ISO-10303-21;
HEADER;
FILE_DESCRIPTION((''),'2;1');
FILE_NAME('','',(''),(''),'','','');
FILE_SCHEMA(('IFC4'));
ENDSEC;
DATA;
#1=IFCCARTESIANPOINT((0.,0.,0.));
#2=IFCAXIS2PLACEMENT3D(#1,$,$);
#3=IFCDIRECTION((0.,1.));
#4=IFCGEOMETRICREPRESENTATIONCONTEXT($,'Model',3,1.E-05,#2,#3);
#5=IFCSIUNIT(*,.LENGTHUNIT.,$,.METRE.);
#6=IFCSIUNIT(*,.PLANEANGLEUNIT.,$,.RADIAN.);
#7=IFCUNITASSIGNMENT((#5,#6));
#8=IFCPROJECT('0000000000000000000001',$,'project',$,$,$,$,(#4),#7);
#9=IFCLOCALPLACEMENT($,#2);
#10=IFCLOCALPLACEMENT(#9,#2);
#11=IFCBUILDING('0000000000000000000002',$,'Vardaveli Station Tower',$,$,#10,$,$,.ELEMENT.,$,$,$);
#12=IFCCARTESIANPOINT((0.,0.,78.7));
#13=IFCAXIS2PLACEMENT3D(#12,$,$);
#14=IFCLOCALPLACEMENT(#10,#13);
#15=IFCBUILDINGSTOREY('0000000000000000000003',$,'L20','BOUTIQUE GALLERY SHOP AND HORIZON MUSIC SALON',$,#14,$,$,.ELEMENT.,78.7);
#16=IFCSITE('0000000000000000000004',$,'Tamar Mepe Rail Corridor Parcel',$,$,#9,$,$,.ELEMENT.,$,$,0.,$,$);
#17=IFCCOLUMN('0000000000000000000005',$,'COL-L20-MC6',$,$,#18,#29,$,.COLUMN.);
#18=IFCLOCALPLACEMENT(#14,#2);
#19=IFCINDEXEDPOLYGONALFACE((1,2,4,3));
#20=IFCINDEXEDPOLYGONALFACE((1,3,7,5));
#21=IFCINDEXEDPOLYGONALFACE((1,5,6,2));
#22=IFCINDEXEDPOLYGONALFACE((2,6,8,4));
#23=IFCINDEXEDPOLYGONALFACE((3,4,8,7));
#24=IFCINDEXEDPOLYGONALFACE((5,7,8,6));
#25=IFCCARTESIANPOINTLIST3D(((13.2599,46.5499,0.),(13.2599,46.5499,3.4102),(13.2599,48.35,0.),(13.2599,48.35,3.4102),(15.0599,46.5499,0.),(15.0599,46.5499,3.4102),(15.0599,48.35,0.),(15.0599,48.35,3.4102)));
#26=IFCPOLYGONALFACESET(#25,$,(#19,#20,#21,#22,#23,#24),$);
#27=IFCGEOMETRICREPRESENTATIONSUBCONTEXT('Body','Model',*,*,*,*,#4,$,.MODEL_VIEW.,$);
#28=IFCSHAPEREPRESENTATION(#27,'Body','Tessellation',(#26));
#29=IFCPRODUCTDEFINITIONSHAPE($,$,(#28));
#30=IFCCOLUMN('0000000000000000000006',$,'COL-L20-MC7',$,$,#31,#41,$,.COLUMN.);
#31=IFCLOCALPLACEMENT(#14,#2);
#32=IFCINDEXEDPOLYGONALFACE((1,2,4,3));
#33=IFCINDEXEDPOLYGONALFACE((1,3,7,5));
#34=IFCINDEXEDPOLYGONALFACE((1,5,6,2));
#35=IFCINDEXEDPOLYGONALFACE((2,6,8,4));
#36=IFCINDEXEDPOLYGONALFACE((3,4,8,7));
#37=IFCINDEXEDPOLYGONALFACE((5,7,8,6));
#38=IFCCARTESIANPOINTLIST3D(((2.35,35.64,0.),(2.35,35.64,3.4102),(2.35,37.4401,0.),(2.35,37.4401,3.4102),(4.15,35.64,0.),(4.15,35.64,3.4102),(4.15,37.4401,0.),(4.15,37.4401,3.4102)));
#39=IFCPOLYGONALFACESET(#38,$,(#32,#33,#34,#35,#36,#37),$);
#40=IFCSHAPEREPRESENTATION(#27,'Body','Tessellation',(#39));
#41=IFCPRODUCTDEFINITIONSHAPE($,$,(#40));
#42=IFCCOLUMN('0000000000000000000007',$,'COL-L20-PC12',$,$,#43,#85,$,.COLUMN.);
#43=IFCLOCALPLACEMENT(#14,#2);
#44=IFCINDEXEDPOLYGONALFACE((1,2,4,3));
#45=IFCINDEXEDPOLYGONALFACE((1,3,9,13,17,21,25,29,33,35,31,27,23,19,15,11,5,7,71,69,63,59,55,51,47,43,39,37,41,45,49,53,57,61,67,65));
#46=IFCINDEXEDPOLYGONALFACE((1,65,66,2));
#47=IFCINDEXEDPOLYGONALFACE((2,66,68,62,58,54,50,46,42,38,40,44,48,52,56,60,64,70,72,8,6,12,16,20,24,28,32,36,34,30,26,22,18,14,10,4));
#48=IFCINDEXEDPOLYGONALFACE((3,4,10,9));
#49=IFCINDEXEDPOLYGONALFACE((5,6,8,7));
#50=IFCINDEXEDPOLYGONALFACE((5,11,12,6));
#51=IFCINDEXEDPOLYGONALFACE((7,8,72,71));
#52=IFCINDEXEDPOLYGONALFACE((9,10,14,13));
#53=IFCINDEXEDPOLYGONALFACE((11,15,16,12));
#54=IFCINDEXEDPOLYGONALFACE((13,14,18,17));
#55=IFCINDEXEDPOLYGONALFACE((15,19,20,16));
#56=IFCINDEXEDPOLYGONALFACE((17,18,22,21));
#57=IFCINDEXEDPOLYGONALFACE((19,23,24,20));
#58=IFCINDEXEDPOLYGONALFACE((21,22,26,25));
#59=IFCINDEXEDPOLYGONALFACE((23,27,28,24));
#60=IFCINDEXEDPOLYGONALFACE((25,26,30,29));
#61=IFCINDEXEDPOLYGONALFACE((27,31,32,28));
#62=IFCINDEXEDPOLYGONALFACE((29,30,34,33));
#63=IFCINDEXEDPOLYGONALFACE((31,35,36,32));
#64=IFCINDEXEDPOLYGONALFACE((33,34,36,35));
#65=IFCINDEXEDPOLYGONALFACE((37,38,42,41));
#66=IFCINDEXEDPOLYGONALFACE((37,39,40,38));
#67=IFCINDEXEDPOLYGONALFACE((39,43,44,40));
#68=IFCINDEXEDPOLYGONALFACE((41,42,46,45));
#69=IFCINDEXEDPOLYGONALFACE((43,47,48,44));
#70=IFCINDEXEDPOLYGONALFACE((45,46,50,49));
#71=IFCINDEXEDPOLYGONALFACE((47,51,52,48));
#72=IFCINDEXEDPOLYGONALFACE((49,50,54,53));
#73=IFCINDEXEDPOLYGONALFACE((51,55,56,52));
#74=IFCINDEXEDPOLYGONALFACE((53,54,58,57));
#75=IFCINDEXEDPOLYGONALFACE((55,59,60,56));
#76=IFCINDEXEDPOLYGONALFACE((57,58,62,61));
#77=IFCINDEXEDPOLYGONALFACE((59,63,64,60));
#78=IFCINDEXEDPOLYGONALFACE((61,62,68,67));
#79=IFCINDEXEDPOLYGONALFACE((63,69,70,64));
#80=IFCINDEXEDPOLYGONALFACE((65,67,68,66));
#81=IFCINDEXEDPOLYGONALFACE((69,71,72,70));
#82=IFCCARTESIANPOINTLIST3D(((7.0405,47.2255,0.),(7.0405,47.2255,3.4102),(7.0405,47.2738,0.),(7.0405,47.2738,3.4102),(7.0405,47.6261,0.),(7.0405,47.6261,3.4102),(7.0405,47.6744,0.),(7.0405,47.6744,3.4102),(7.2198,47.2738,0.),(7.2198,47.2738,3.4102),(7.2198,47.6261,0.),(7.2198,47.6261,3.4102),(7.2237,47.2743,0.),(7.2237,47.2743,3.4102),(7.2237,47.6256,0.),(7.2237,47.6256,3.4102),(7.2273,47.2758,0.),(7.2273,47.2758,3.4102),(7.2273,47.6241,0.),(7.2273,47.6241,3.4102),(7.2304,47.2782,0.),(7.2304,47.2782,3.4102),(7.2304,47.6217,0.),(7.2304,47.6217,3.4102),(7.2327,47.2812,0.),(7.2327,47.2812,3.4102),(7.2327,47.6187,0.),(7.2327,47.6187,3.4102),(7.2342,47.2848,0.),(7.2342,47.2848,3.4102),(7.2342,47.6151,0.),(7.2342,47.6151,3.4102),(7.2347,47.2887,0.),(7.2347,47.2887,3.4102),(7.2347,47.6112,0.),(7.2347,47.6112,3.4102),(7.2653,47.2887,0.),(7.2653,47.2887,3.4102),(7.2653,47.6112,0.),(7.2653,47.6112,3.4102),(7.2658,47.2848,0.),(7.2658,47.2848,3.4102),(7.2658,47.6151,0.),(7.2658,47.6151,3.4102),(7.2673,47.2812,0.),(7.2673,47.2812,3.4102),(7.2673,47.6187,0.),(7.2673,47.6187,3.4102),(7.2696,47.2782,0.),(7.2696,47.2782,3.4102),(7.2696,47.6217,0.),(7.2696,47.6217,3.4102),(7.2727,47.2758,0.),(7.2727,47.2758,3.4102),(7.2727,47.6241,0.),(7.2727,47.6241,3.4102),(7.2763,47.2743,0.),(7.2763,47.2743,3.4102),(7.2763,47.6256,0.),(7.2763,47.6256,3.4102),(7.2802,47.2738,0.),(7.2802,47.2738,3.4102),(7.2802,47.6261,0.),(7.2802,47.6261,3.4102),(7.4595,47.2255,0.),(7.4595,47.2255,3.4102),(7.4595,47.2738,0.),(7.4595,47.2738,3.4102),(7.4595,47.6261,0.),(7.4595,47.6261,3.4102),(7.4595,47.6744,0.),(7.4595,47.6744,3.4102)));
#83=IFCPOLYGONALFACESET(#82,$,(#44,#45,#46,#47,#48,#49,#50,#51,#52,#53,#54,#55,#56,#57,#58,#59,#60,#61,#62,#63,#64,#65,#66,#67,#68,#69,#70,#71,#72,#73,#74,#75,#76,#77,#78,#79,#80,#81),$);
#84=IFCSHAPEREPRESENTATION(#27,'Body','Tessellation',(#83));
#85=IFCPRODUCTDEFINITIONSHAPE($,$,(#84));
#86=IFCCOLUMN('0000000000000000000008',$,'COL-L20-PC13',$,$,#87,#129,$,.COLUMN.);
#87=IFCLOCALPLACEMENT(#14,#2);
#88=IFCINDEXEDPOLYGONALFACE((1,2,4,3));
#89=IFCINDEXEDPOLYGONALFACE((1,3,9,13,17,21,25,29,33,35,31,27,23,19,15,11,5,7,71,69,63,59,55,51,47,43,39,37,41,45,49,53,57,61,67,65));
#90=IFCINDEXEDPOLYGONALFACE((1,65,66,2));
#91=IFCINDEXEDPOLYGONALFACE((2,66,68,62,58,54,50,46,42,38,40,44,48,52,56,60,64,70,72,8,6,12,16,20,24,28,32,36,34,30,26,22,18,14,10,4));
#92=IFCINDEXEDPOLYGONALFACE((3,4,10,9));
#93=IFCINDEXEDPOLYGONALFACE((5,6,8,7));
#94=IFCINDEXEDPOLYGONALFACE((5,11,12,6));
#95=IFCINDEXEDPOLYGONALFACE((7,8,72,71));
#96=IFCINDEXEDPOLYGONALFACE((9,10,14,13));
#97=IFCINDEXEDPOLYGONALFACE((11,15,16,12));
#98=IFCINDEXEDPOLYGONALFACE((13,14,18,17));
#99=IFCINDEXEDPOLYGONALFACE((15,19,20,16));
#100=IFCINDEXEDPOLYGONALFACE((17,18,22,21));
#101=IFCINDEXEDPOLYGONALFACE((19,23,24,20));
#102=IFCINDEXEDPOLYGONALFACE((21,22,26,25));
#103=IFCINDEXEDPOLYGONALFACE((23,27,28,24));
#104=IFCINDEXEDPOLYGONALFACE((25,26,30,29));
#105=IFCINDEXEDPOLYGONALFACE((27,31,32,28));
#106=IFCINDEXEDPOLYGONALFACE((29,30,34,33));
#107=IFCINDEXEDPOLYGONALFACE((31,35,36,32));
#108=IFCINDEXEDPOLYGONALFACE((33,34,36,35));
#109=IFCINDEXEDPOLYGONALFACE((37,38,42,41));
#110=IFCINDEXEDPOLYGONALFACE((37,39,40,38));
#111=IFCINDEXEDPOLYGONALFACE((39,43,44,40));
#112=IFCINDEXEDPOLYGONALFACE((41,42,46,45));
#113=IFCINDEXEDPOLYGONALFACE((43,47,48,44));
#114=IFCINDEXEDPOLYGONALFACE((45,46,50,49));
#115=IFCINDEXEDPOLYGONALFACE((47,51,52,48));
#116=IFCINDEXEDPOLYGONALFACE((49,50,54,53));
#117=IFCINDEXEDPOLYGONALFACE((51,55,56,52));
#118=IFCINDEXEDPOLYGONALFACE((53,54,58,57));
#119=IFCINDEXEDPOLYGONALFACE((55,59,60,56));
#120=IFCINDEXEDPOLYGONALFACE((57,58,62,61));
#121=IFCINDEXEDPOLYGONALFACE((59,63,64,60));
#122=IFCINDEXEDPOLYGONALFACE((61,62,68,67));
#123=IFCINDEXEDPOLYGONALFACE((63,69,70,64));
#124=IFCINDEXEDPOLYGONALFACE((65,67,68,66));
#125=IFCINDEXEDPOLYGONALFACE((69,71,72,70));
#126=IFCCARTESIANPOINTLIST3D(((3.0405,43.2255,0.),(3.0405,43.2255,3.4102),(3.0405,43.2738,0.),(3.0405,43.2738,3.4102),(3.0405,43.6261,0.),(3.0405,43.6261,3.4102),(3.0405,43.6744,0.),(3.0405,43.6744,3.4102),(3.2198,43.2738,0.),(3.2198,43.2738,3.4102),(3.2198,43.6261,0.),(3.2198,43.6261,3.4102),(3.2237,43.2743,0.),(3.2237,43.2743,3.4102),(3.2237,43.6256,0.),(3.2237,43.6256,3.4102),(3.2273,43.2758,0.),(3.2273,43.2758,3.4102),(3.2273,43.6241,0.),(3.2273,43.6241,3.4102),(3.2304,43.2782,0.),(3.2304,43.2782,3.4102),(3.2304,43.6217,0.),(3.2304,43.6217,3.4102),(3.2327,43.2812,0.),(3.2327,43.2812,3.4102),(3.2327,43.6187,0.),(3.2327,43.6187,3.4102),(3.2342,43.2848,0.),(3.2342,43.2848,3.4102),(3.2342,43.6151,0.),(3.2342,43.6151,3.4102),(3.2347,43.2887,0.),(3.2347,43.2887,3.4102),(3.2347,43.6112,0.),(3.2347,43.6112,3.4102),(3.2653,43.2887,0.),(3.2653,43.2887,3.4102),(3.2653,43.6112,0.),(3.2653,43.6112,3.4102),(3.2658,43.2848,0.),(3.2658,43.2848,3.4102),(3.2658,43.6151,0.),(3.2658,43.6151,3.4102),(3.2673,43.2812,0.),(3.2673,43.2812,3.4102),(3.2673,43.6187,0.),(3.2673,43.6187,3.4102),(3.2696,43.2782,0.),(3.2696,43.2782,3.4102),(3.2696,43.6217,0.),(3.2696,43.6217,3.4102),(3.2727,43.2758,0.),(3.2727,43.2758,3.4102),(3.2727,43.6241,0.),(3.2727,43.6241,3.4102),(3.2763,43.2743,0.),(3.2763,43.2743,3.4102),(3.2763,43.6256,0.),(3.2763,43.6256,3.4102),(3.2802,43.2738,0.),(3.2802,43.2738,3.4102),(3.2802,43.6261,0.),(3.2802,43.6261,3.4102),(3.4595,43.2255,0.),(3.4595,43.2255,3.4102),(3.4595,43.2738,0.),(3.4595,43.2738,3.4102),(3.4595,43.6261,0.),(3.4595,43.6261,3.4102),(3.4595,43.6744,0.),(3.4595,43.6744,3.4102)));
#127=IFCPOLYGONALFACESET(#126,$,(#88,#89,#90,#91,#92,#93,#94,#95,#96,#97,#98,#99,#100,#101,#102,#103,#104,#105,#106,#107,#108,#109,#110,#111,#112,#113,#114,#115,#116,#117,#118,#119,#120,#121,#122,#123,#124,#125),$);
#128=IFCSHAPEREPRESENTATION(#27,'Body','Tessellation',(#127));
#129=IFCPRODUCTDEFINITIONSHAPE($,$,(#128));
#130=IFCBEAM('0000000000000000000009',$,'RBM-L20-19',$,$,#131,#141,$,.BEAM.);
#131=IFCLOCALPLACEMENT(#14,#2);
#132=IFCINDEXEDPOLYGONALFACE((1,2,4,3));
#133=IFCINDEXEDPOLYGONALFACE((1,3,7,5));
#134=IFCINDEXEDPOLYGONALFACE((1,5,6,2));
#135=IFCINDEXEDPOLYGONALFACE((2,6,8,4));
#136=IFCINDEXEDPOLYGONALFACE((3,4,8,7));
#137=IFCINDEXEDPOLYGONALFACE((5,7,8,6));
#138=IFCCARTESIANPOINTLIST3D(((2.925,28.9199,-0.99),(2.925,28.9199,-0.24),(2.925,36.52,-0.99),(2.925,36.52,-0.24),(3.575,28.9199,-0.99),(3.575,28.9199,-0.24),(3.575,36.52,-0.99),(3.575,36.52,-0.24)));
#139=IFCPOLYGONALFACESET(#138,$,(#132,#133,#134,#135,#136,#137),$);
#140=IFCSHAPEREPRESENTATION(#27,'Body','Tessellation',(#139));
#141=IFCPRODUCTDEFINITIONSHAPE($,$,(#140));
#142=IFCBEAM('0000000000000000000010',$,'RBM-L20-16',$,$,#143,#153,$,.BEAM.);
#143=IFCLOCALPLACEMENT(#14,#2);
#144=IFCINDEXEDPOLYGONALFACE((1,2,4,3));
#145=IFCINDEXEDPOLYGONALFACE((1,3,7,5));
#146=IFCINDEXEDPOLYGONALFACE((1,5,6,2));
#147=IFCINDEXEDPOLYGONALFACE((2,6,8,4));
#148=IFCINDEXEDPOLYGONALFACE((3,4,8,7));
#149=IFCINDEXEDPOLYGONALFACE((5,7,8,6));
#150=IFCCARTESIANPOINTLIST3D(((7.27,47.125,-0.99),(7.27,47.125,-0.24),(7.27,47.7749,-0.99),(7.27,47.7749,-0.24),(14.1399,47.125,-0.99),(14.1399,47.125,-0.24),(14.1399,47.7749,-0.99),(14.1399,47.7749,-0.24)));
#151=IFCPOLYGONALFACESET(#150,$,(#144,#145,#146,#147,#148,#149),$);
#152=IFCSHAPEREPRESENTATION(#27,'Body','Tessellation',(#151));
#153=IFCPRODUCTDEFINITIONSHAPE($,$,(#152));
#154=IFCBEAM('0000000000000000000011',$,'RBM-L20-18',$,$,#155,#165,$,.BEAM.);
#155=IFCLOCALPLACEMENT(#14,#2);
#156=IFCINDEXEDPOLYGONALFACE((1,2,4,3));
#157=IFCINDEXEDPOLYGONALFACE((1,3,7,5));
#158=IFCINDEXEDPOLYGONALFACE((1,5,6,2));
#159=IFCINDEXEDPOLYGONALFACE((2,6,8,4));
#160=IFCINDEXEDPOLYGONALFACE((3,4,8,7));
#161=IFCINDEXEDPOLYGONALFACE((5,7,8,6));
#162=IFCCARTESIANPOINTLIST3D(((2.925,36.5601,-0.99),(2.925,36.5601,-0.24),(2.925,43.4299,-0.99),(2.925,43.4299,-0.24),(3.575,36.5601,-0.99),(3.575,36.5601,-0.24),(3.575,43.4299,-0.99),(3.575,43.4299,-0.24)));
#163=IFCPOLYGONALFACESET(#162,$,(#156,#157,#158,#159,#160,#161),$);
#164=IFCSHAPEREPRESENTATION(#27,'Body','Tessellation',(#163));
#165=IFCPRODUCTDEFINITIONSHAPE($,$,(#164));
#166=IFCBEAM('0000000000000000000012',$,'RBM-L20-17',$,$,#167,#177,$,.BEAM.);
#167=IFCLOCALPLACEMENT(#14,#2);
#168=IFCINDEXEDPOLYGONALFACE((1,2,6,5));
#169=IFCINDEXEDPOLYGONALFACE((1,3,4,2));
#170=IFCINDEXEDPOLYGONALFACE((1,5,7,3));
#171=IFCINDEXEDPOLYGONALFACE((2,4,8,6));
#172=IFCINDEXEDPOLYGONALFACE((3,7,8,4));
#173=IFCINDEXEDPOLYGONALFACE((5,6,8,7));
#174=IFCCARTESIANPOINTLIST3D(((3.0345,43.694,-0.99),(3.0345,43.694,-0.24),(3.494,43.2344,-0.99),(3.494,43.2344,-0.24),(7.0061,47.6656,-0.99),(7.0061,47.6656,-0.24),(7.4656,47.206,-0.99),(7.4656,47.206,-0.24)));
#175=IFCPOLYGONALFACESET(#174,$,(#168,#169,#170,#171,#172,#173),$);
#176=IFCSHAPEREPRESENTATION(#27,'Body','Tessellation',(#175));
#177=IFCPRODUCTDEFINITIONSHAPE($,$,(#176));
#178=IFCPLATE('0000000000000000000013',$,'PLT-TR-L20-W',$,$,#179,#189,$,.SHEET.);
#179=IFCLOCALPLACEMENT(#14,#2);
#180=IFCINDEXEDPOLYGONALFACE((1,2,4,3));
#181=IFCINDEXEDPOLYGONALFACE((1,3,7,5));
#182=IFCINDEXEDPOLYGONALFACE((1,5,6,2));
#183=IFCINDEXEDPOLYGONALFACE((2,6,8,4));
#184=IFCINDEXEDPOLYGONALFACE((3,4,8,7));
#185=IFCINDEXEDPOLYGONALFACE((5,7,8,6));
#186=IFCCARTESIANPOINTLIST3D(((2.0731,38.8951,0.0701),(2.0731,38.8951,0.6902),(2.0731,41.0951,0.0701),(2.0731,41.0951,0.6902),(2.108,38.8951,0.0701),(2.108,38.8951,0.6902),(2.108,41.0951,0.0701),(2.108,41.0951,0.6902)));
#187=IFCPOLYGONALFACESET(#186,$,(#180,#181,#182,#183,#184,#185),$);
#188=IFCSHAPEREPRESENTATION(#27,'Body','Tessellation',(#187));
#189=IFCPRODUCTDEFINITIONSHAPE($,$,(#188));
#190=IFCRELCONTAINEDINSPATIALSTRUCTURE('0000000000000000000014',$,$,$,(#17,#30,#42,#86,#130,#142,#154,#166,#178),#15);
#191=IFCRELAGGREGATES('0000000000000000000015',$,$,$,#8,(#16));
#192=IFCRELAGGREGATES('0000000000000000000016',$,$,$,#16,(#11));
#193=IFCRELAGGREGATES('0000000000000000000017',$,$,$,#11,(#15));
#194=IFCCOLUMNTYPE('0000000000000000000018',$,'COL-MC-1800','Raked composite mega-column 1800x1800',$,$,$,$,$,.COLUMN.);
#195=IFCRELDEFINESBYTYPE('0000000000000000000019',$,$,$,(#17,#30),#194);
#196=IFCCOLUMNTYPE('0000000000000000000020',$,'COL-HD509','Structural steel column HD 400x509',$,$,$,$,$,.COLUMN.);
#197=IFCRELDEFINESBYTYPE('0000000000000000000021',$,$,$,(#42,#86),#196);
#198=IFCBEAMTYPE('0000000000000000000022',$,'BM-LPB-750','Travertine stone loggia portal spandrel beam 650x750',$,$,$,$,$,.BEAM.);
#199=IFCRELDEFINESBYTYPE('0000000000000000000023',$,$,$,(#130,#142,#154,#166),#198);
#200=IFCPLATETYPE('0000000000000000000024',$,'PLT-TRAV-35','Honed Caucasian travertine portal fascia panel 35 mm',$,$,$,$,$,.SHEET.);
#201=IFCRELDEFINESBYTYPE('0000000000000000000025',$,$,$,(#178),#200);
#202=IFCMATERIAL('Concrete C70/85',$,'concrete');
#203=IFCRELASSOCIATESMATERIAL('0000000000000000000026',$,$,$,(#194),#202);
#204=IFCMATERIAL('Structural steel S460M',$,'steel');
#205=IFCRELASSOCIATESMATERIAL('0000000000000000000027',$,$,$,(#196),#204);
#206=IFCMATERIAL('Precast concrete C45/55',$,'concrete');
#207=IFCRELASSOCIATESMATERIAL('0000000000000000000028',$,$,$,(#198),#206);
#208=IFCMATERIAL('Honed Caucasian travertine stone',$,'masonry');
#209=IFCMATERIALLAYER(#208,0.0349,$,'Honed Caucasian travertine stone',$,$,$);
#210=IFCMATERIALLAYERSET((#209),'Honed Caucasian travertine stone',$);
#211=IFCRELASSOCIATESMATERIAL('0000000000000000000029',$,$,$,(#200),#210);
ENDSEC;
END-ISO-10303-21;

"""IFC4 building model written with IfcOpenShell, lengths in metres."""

from ifc_helpers import new_model, si_unit, direction, frame, origin, origin_2d, place, context, subcontext, project, spatial, rectangle, i_section, extrude, source, transform, mapped, material, layer, layer_set, material_profile, profile_set, type_object, element, save


model = new_model("IFC4")

# Units and contexts
model_context = context("Model", 3, precision=1e-05, world=origin(), true_north=direction((0.0, 1.0)))
body_context = subcontext(model_context, "Body", "Model", "MODEL_VIEW")
ifc_project = project(units=[si_unit("LENGTHUNIT", "METRE"), si_unit("PLANEANGLEUNIT", "RADIAN")], contexts=[model_context])

# Site, building, storey
site_placement = place(None, origin())
site = spatial("IfcSite", under=ifc_project, at=site_placement, Name="Tamar Mepe Rail Corridor Parcel", CompositionType="ELEMENT", RefElevation=0.0)
building_placement = place(site_placement, origin())
building = spatial("IfcBuilding", under=site, at=building_placement, Name="Vardaveli Station Tower", CompositionType="ELEMENT")
storey_placement = place(building_placement, frame((0.0, 0.0, 78.7)))
storey = spatial("IfcBuildingStorey", under=building, at=storey_placement, Name="L20", Description="BOUTIQUE GALLERY SHOP AND HORIZON MUSIC SALON", CompositionType="ELEMENT", Elevation=78.7)

# Columns
ifc_material_1 = material(Name="Concrete C70/85", Category="concrete")
ifc_material_profile_1 = material_profile(ifc_material_1, rectangle(XDim=1.8, YDim=1.8, at=origin_2d()), Name="MC 1800x1800")
ifc_profile_set_1 = profile_set([ifc_material_profile_1], Name="Concrete C70/85")
column_type_1 = type_object("IfcColumnType", Name="COL-MC-1800", Description="Raked composite mega-column 1800x1800", PredefinedType="COLUMN", material=ifc_profile_set_1)
shared_shape_1 = source(origin(), body_context, "Body", "SweptSolid", [
    extrude(rectangle(XDim=1.8, YDim=1.8, at=origin_2d()), origin(), (0.0, 0.0, 1.0), 3.4102),
])
for number, where, z_axis, x_axis, name in (
    (1, (14.1599, 47.45, 0.0), (0.0, 0.0, 1.0), (1.0, 0.0, 0.0), "COL-L20-MC6"),
    (2, (3.25, 36.54, 0.0), (0.0, 0.0, 1.0), (1.0, 0.0, 0.0), "COL-L20-MC7"),
):
    element("IfcColumn", number, at=place(storey_placement, frame(where, z_axis=z_axis, x_axis=x_axis)), inside=storey, type_object=column_type_1, Name=name, PredefinedType="COLUMN", context=body_context, shape_type="MappedRepresentation", body=[
        mapped(shared_shape_1, transform((0.0, 0.0, 0.0), scale=1.0)),
    ])
ifc_material_2 = material(Name="Structural steel S460M", Category="steel")
ifc_material_profile_2 = material_profile(ifc_material_2, i_section(OverallWidth=0.4189, OverallDepth=0.449, WebThickness=0.0305, FlangeThickness=0.0483, FilletRadius=0.0149, at=origin_2d()), Name="HD 400x509")
ifc_profile_set_2 = profile_set([ifc_material_profile_2], Name="Structural steel S460M")
column_type_2 = type_object("IfcColumnType", Name="COL-HD509", Description="Structural steel column HD 400x509", PredefinedType="COLUMN", material=ifc_profile_set_2)
shared_shape_2 = source(origin(), body_context, "Body", "SweptSolid", [
    extrude(i_section(OverallWidth=0.4189, OverallDepth=0.449, WebThickness=0.0305, FlangeThickness=0.0483, FilletRadius=0.0149, at=origin_2d()), origin(), (0.0, 0.0, 1.0), 3.4102),
])
for number, where, z_axis, x_axis, name in (
    (3, (7.25, 47.45, 0.0), (0.0, 0.0, 1.0), (1.0, 0.0, 0.0), "COL-L20-PC12"),
    (4, (3.25, 43.45, 0.0), (0.0, 0.0, 1.0), (1.0, 0.0, 0.0), "COL-L20-PC13"),
):
    element("IfcColumn", number, at=place(storey_placement, frame(where, z_axis=z_axis, x_axis=x_axis)), inside=storey, type_object=column_type_2, Name=name, PredefinedType="COLUMN", context=body_context, shape_type="MappedRepresentation", body=[
        mapped(shared_shape_2, transform((0.0, 0.0, 0.0), scale=1.0)),
    ])

# Beams
ifc_material_3 = material(Name="Precast concrete C45/55", Category="concrete")
ifc_material_profile_3 = material_profile(ifc_material_3, rectangle(XDim=0.6499, YDim=0.75, at=origin_2d()), Name="LPB 650x750")
ifc_profile_set_3 = profile_set([ifc_material_profile_3], Name="Precast concrete C45/55")
beam_type = type_object("IfcBeamType", Name="BM-LPB-750", Description="Travertine stone loggia portal spandrel beam 650x750", PredefinedType="BEAM", material=ifc_profile_set_3)
shared_shape_3 = source(origin(), body_context, "Body", "SweptSolid", [
    extrude(rectangle(XDim=0.6499, YDim=0.75, at=origin_2d()), origin(), (0.0, 0.0, 1.0), 7.6001),
])
beam_1_placement = place(storey_placement, frame((3.25, 36.52, -0.615), z_axis=(0.0, -1.0, 0.0), x_axis=(1.0, 0.0, 0.0)))
element("IfcBeam", 5, at=beam_1_placement, inside=storey, type_object=beam_type, Name="RBM-L20-19", PredefinedType="BEAM", context=body_context, shape_type="MappedRepresentation", body=[
    mapped(shared_shape_3, transform((0.0, 0.0, 0.0), scale=1.0)),
])
shared_shape_4 = source(origin(), body_context, "Body", "SweptSolid", [
    extrude(rectangle(XDim=0.6499, YDim=0.75, at=origin_2d()), origin(), (0.0, 0.0, 1.0), 6.8699),
])
for number, where, z_axis, x_axis, name in (
    (6, (14.1399, 47.45, -0.615), (-1.0, 0.0, 0.0), (0.0, -1.0, 0.0), "RBM-L20-16"),
    (7, (3.25, 43.4299, -0.615), (0.0, -1.0, 0.0), (1.0, 0.0, 0.0), "RBM-L20-18"),
):
    element("IfcBeam", number, at=place(storey_placement, frame(where, z_axis=z_axis, x_axis=x_axis)), inside=storey, type_object=beam_type, Name=name, PredefinedType="BEAM", context=body_context, shape_type="MappedRepresentation", body=[
        mapped(shared_shape_4, transform((0.0, 0.0, 0.0), scale=1.0)),
    ])
shared_shape_5 = source(origin(), body_context, "Body", "SweptSolid", [
    extrude(rectangle(XDim=0.6499, YDim=0.75, at=origin_2d()), origin(), (0.0, 0.0, 1.0), 5.6167),
])
beam_2_placement = place(storey_placement, frame((7.2358, 47.4358, -0.615), z_axis=(-0.707107, -0.707107, 0.0), x_axis=(0.707107, -0.707107, 0.0)))
element("IfcBeam", 8, at=beam_2_placement, inside=storey, type_object=beam_type, Name="RBM-L20-17", PredefinedType="BEAM", context=body_context, shape_type="MappedRepresentation", body=[
    mapped(shared_shape_5, transform((0.0, 0.0, 0.0), scale=1.0)),
])

# Plate
ifc_material_4 = material(Name="Honed Caucasian travertine stone", Category="masonry")
ifc_layer_1 = layer(ifc_material_4, 0.0349, Name="Honed Caucasian travertine stone")
ifc_layer_set_1 = layer_set([ifc_layer_1], Name="Honed Caucasian travertine stone")
plate_type = type_object("IfcPlateType", Name="PLT-TRAV-35", Description="Honed Caucasian travertine portal fascia panel 35 mm", PredefinedType="SHEET", material=ifc_layer_set_1)
shared_shape_6 = source(origin(), body_context, "Body", "SweptSolid", [
    extrude(rectangle(XDim=2.2, YDim=0.0349, at=origin_2d()), origin(), (0.0, 0.0, 1.0), 0.6201),
])
plate_placement = place(storey_placement, frame((2.0906, 39.9951, 0.0701), z_axis=(0.0, 0.0, 1.0), x_axis=(0.0, 1.0, 0.0)))
element("IfcPlate", 9, at=plate_placement, inside=storey, type_object=plate_type, Name="PLT-TR-L20-W", PredefinedType="SHEET", context=body_context, shape_type="MappedRepresentation", body=[
    mapped(shared_shape_6, transform((0.0, 0.0, 0.0), scale=1.0)),
])

save(model, "model.ifc")
